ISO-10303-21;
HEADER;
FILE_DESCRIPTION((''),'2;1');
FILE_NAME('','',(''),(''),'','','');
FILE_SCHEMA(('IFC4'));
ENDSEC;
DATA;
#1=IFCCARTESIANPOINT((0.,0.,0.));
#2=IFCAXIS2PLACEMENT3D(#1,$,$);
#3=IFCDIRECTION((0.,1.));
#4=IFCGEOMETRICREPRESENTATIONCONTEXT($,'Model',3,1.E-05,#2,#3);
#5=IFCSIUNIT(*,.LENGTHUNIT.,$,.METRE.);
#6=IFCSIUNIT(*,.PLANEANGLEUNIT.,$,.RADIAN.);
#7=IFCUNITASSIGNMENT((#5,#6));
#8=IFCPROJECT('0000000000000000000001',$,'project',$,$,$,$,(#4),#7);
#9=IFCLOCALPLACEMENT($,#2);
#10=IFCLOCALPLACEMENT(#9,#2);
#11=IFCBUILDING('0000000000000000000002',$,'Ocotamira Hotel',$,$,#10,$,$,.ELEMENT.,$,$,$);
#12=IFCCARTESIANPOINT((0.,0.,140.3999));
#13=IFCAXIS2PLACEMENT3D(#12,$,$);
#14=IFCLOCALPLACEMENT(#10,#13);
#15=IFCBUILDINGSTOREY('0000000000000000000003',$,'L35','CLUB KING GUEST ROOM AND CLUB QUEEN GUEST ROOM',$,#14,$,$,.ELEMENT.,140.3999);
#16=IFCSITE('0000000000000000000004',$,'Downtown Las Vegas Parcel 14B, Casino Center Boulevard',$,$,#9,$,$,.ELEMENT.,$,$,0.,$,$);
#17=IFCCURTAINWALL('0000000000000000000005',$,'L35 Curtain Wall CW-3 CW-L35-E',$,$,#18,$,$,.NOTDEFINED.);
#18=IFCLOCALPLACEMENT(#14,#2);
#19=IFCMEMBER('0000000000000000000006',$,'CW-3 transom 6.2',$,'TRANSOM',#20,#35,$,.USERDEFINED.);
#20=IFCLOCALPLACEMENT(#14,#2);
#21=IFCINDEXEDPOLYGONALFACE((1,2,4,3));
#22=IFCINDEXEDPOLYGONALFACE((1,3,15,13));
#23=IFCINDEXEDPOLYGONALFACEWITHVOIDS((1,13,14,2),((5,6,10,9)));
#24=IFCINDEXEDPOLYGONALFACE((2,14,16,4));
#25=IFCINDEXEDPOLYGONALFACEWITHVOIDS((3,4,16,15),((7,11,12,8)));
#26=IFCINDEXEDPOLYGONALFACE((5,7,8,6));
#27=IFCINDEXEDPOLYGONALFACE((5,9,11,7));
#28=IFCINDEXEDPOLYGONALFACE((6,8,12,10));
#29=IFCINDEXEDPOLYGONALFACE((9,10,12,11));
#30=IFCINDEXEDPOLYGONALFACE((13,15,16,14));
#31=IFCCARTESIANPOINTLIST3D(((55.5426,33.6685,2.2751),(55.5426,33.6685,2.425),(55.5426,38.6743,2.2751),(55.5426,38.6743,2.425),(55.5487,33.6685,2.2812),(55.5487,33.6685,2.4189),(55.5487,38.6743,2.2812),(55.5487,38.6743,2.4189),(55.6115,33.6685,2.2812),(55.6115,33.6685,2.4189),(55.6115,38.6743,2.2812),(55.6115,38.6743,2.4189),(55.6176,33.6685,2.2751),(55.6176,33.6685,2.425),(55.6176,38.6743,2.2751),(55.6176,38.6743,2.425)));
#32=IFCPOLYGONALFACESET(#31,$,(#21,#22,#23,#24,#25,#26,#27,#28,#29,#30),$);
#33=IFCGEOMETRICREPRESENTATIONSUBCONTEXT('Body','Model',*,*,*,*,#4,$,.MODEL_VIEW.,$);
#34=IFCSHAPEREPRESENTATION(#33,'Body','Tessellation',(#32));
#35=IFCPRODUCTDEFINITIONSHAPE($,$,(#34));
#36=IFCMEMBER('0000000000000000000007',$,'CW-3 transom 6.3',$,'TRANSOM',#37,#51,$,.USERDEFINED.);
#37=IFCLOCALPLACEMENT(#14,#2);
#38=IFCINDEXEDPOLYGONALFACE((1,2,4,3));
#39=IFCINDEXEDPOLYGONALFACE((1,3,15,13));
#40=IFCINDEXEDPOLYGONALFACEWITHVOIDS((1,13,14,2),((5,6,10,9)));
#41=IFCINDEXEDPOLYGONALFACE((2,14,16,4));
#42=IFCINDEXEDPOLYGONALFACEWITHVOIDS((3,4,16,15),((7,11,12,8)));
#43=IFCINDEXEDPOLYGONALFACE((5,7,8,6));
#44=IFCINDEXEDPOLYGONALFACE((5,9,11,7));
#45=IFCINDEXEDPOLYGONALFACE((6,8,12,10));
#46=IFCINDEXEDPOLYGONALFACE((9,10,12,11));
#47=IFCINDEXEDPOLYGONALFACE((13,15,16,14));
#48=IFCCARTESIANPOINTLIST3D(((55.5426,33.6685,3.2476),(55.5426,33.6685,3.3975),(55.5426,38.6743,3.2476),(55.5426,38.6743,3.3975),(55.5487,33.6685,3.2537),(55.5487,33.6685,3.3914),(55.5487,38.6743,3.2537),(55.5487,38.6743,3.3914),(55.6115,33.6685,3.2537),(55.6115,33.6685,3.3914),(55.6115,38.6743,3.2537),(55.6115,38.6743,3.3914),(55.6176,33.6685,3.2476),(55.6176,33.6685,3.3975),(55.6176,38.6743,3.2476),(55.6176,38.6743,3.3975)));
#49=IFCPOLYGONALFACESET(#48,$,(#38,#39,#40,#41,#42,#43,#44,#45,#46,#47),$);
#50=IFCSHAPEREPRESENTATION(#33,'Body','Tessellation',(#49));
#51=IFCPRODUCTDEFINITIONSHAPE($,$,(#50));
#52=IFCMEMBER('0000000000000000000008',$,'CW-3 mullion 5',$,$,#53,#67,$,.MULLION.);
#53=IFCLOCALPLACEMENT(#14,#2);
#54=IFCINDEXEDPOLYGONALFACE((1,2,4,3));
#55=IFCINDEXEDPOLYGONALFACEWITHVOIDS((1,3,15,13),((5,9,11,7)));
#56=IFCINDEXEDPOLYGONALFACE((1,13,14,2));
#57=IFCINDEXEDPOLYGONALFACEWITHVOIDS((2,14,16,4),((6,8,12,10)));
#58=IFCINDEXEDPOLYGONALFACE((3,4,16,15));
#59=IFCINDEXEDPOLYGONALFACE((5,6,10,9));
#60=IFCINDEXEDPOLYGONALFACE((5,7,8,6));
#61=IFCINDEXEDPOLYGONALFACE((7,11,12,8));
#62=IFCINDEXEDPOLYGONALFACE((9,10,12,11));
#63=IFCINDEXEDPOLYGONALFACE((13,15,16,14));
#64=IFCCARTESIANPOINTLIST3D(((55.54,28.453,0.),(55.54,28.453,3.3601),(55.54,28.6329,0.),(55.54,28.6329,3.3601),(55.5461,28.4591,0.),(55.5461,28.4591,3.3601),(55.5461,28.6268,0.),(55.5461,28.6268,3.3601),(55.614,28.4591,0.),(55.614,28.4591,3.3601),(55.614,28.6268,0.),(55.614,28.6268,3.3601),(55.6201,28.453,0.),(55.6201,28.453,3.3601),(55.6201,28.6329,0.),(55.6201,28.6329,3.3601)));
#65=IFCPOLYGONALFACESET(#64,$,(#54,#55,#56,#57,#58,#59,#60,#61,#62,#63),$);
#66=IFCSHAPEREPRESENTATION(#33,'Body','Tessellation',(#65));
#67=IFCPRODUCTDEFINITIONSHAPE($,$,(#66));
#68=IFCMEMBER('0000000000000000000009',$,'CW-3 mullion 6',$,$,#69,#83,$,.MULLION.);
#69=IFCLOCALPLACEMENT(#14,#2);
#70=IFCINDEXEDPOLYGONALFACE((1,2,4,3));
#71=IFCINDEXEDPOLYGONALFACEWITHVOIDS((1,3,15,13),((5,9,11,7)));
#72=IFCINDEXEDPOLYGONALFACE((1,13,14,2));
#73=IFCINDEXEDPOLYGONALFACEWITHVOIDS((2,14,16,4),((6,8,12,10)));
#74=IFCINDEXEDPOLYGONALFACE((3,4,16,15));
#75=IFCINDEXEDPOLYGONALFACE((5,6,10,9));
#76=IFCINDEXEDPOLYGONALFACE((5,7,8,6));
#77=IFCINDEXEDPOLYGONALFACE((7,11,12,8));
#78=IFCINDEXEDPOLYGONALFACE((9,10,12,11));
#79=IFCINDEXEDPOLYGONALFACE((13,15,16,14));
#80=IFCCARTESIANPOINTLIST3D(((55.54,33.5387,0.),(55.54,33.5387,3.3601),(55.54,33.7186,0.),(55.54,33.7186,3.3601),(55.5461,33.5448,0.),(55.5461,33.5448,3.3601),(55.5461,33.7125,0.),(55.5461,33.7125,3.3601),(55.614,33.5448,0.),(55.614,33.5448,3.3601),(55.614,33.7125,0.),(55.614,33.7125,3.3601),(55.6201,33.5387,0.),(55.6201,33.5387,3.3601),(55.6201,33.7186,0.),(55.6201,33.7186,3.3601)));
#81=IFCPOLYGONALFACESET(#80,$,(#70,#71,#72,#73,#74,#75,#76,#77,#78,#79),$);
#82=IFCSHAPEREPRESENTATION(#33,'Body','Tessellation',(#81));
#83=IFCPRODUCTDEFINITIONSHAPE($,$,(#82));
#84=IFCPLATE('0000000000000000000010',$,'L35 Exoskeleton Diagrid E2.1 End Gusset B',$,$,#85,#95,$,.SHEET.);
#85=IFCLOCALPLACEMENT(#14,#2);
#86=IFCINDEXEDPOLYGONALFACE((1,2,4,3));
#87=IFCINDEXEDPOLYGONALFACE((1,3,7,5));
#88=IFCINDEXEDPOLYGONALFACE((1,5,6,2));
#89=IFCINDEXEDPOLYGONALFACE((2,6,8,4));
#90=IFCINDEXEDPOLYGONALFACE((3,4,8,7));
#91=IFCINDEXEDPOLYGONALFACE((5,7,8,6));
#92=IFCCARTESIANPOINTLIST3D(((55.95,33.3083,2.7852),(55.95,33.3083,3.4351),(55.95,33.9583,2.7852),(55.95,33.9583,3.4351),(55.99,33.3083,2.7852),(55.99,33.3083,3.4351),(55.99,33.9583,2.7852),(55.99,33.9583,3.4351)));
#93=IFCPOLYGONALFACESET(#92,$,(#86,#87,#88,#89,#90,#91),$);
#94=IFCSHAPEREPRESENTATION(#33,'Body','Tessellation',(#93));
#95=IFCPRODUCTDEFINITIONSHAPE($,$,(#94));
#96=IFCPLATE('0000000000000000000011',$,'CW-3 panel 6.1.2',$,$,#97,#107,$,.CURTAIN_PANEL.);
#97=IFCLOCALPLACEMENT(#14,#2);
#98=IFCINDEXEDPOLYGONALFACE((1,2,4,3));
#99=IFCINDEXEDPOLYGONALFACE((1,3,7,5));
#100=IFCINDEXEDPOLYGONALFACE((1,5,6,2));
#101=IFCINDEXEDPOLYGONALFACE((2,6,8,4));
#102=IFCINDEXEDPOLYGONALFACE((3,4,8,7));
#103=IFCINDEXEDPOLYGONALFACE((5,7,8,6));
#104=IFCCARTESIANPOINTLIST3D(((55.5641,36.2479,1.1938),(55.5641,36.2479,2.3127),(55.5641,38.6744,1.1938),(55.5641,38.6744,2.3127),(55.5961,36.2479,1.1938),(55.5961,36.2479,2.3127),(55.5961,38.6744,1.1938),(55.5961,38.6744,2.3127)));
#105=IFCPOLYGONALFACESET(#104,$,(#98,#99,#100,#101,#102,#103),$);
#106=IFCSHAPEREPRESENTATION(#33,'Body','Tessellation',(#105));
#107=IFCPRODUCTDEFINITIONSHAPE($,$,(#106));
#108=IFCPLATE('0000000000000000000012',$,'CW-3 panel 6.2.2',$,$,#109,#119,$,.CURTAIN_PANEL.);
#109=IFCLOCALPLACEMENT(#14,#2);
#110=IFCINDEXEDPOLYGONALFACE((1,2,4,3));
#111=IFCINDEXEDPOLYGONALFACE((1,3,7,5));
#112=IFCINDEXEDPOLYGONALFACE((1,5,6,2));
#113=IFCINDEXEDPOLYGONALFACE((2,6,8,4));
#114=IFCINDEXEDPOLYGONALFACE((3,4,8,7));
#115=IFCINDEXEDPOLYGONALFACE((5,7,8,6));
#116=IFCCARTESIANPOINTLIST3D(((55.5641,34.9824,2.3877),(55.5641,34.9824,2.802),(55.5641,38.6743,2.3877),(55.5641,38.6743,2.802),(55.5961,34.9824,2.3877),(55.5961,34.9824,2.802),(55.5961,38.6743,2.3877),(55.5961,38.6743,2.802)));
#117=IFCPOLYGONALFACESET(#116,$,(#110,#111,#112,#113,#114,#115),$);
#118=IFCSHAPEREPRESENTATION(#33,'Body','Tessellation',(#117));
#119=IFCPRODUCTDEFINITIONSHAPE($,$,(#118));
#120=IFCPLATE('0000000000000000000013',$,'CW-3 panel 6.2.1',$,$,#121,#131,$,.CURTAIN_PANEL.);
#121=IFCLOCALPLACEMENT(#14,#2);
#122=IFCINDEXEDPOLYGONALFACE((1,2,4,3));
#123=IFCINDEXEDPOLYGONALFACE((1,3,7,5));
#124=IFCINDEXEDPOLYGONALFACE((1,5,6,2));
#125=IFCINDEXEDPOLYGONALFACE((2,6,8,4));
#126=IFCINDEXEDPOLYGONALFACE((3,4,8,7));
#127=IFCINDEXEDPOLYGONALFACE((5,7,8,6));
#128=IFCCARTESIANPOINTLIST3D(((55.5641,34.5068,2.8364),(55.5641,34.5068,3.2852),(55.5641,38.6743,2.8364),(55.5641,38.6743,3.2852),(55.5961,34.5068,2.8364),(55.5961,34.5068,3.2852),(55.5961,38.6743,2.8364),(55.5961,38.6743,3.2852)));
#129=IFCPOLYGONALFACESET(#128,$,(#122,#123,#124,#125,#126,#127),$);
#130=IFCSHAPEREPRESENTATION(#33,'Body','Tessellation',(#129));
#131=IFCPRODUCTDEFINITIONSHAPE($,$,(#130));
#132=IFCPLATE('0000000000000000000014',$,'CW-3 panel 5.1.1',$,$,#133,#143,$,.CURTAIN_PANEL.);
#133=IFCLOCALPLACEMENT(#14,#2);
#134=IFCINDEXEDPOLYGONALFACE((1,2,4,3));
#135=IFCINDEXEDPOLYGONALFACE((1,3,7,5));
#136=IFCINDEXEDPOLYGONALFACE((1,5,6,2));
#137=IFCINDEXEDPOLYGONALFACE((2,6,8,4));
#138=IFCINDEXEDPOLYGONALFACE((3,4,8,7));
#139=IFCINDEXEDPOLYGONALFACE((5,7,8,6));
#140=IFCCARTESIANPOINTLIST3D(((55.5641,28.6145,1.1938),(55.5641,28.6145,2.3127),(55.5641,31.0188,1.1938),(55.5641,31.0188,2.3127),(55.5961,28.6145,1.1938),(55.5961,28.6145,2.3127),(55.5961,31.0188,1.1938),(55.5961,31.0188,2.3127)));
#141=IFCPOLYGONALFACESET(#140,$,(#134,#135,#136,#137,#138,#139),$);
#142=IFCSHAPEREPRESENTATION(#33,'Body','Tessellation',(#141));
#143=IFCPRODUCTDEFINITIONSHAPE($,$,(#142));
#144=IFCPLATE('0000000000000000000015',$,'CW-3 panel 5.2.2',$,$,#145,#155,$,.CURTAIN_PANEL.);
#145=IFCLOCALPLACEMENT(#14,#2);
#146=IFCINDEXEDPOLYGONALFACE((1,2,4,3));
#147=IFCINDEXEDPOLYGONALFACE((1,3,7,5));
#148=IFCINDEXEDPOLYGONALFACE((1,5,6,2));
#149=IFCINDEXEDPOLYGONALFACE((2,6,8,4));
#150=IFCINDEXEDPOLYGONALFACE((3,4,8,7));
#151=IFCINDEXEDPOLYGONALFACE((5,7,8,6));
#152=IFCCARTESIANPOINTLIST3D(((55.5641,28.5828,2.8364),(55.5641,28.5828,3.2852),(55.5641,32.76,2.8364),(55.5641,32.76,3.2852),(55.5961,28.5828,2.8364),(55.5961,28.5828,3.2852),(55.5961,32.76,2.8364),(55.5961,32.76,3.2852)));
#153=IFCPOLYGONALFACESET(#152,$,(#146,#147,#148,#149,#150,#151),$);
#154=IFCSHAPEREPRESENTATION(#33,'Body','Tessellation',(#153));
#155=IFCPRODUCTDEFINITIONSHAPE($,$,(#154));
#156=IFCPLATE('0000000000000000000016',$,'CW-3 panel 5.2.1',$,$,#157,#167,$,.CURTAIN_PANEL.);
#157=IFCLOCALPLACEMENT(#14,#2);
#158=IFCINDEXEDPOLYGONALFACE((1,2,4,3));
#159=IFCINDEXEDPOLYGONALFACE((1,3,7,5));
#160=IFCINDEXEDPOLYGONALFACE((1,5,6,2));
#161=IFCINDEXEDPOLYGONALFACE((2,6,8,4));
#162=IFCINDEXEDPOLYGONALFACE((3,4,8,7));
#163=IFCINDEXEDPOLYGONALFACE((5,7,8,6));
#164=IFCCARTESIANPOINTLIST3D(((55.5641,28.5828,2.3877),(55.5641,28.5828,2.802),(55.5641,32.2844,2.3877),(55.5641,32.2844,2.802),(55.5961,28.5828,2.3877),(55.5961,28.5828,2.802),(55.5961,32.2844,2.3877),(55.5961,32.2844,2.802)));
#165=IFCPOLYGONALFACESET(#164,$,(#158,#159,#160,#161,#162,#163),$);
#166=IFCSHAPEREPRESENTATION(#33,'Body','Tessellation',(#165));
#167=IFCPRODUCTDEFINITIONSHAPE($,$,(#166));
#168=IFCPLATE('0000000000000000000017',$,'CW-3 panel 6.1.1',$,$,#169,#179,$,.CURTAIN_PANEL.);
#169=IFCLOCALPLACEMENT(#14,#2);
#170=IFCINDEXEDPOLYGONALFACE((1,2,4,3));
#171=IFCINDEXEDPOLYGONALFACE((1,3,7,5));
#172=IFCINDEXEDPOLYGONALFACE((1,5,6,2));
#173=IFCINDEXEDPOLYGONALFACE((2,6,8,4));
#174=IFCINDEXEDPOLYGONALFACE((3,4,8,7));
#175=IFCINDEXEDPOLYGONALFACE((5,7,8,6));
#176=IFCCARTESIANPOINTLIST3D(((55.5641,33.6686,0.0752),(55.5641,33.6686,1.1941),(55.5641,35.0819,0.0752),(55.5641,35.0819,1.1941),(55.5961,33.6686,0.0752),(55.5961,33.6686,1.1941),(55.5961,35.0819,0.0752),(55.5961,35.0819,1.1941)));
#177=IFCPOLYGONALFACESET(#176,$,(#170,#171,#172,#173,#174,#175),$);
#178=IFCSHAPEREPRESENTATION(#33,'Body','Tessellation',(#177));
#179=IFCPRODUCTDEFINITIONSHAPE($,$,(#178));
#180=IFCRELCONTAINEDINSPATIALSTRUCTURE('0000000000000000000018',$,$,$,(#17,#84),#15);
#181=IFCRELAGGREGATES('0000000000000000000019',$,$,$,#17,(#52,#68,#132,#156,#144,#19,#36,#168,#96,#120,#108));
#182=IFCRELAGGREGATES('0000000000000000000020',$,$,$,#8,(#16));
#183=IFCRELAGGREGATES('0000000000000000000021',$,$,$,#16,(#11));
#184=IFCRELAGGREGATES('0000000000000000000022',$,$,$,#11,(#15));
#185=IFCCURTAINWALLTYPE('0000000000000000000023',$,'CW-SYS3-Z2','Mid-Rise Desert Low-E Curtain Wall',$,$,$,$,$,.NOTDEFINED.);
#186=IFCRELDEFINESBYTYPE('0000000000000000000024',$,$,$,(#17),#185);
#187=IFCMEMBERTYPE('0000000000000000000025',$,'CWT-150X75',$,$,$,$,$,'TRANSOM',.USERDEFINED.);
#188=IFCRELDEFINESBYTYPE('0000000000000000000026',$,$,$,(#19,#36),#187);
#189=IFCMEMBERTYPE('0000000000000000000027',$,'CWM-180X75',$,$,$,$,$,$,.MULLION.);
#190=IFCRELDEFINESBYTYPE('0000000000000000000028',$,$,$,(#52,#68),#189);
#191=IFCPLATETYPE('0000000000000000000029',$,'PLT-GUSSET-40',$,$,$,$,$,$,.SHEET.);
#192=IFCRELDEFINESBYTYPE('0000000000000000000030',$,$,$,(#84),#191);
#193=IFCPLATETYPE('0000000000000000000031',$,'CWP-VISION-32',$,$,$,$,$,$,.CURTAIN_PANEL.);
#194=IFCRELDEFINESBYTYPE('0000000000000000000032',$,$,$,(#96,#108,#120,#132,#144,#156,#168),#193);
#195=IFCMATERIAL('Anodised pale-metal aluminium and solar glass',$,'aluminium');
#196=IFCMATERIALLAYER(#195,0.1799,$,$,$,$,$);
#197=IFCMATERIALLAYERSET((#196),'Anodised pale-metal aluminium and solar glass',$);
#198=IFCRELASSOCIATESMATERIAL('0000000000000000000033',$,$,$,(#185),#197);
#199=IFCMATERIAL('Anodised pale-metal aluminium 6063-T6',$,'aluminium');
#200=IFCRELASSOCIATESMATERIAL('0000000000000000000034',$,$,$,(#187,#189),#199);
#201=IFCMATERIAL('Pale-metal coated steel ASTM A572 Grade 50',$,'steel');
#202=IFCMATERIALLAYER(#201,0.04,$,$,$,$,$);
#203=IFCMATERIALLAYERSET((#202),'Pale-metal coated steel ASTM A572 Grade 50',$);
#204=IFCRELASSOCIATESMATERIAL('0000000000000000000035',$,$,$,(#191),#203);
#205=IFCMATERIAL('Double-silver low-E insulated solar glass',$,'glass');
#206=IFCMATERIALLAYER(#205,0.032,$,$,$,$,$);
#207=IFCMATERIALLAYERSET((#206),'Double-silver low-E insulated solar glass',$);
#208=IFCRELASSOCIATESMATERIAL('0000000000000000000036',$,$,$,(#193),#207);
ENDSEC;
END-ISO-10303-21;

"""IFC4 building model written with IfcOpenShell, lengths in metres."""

from ifc_helpers import new_model, si_unit, direction, frame, origin, origin_2d, place, context, subcontext, project, spatial, rectangle, hollow_rectangle, extrude, source, transform, mapped, material, layer, layer_set, material_profile, profile_set, type_object, element, aggregate, save


model = new_model("IFC4")

# Units and contexts
model_context = context("Model", 3, precision=1e-05, world=origin(), true_north=direction((0.0, 1.0)))
body_context = subcontext(model_context, "Body", "Model", "MODEL_VIEW")
ifc_project = project(units=[si_unit("LENGTHUNIT", "METRE"), si_unit("PLANEANGLEUNIT", "RADIAN")], contexts=[model_context])

# Site, building, storey
site_placement = place(None, origin())
site = spatial("IfcSite", under=ifc_project, at=site_placement, Name="Downtown Las Vegas Parcel 14B, Casino Center Boulevard", CompositionType="ELEMENT", RefElevation=0.0)
building_placement = place(site_placement, origin())
building = spatial("IfcBuilding", under=site, at=building_placement, Name="Ocotamira Hotel", CompositionType="ELEMENT")
storey_placement = place(building_placement, frame((0.0, 0.0, 140.3999)))
storey = spatial("IfcBuildingStorey", under=building, at=storey_placement, Name="L35", Description="CLUB KING GUEST ROOM AND CLUB QUEEN GUEST ROOM", CompositionType="ELEMENT", Elevation=140.3999)

# Curtain wall, members
ifc_material_1 = material(Name="Anodised pale-metal aluminium and solar glass", Category="aluminium")
ifc_layer_1 = layer(ifc_material_1, 0.1799)
ifc_layer_set_1 = layer_set([ifc_layer_1], Name="Anodised pale-metal aluminium and solar glass")
curtain_wall_type = type_object("IfcCurtainWallType", Name="CW-SYS3-Z2", Description="Mid-Rise Desert Low-E Curtain Wall", PredefinedType="NOTDEFINED", material=ifc_layer_set_1)
curtain_wall_placement = place(storey_placement, origin())
curtain_wall = element("IfcCurtainWall", 1, at=curtain_wall_placement, inside=storey, type_object=curtain_wall_type, Name="L35 Curtain Wall CW-3 CW-L35-E", PredefinedType="NOTDEFINED")
ifc_material_2 = material(Name="Anodised pale-metal aluminium 6063-T6", Category="aluminium")
ifc_material_profile_1 = material_profile(ifc_material_2, hollow_rectangle(XDim=0.075, YDim=0.1499, WallThickness=0.0061, at=origin_2d()), Name="HSS150X75X6")
ifc_profile_set_1 = profile_set([ifc_material_profile_1], Name="Anodised pale-metal aluminium 6063-T6")
member_type_1 = type_object("IfcMemberType", Name="CWT-150X75", ElementType="TRANSOM", PredefinedType="USERDEFINED", material=ifc_profile_set_1)
shared_shape_1 = source(origin(), body_context, "Body", "SweptSolid", [
    extrude(hollow_rectangle(XDim=0.075, YDim=0.1499, WallThickness=0.0061, at=origin_2d()), origin(), (0.0, 0.0, 1.0), 5.0059),
])
member_1_placement = place(storey_placement, frame((55.5801, 33.6685, 2.3501), z_axis=(0.0, 1.0, 0.0), x_axis=(-1.0, 0.0, 0.0)))
member_1 = element("IfcMember", 2, at=member_1_placement, type_object=member_type_1, Name="CW-3 transom 6.2", ObjectType="TRANSOM", PredefinedType="USERDEFINED", context=body_context, shape_type="MappedRepresentation", body=[
    mapped(shared_shape_1, transform((0.0, 0.0, 0.0), scale=1.0)),
])
member_2_placement = place(storey_placement, frame((55.5801, 33.6685, 3.3225), z_axis=(0.0, 1.0, 0.0), x_axis=(-1.0, 0.0, 0.0)))
member_2 = element("IfcMember", 3, at=member_2_placement, type_object=member_type_1, Name="CW-3 transom 6.3", ObjectType="TRANSOM", PredefinedType="USERDEFINED", context=body_context, shape_type="MappedRepresentation", body=[
    mapped(shared_shape_1, transform((0.0, 0.0, 0.0), scale=1.0)),
])
ifc_material_profile_2 = material_profile(ifc_material_2, hollow_rectangle(XDim=0.0801, YDim=0.1799, WallThickness=0.0061, at=origin_2d()), Name="HSS180X80X6")
ifc_profile_set_2 = profile_set([ifc_material_profile_2], Name="Anodised pale-metal aluminium 6063-T6")
member_type_2 = type_object("IfcMemberType", Name="CWM-180X75", PredefinedType="MULLION", material=ifc_profile_set_2)
shared_shape_2 = source(origin(), body_context, "Body", "SweptSolid", [
    extrude(hollow_rectangle(XDim=0.0801, YDim=0.1799, WallThickness=0.0061, at=origin_2d()), origin(), (0.0, 0.0, 1.0), 3.3601),
])
member_3_placement = place(storey_placement, frame((55.5801, 28.543, 0.0), z_axis=(0.0, 0.0, 1.0), x_axis=(-1.0, 0.0, 0.0)))
member_3 = element("IfcMember", 4, at=member_3_placement, type_object=member_type_2, Name="CW-3 mullion 5", PredefinedType="MULLION", context=body_context, shape_type="MappedRepresentation", body=[
    mapped(shared_shape_2, transform((0.0, 0.0, 0.0), scale=1.0)),
])
member_4_placement = place(storey_placement, frame((55.5801, 33.6287, 0.0), z_axis=(0.0, 0.0, 1.0), x_axis=(-1.0, 0.0, 0.0)))
member_4 = element("IfcMember", 5, at=member_4_placement, type_object=member_type_2, Name="CW-3 mullion 6", PredefinedType="MULLION", context=body_context, shape_type="MappedRepresentation", body=[
    mapped(shared_shape_2, transform((0.0, 0.0, 0.0), scale=1.0)),
])

# Plates
ifc_material_3 = material(Name="Pale-metal coated steel ASTM A572 Grade 50", Category="steel")
ifc_layer_2 = layer(ifc_material_3, 0.04)
ifc_layer_set_2 = layer_set([ifc_layer_2], Name="Pale-metal coated steel ASTM A572 Grade 50")
plate_type_1 = type_object("IfcPlateType", Name="PLT-GUSSET-40", PredefinedType="SHEET", material=ifc_layer_set_2)
shared_shape_3 = source(origin(), body_context, "Body", "SweptSolid", [
    extrude(rectangle(XDim=0.04, YDim=0.6499, at=origin_2d()), origin(), (0.0, 0.0, 1.0), 0.6499),
])
plate_1_placement = place(storey_placement, frame((55.97, 33.6333, 2.7852), z_axis=(0.0, 0.0, 1.0), x_axis=(1.0, 0.0, 0.0)))
element("IfcPlate", 6, at=plate_1_placement, inside=storey, type_object=plate_type_1, Name="L35 Exoskeleton Diagrid E2.1 End Gusset B", PredefinedType="SHEET", context=body_context, shape_type="MappedRepresentation", body=[
    mapped(shared_shape_3, transform((0.0, 0.0, 0.0), scale=1.0)),
])
ifc_material_4 = material(Name="Double-silver low-E insulated solar glass", Category="glass")
ifc_layer_3 = layer(ifc_material_4, 0.032)
ifc_layer_set_3 = layer_set([ifc_layer_3], Name="Double-silver low-E insulated solar glass")
plate_type_2 = type_object("IfcPlateType", Name="CWP-VISION-32", PredefinedType="CURTAIN_PANEL", material=ifc_layer_set_3)
shared_shape_4 = source(origin(), body_context, "Body", "SweptSolid", [
    extrude(rectangle(XDim=2.4265, YDim=0.032, at=origin_2d()), origin(), (0.0, 0.0, 1.0), 1.1189),
])
plate_2_placement = place(storey_placement, frame((55.5801, 37.4612, 1.1938), z_axis=(0.0, 0.0, 1.0), x_axis=(0.0, 1.0, 0.0)))
plate_2 = element("IfcPlate", 7, at=plate_2_placement, type_object=plate_type_2, Name="CW-3 panel 6.1.2", PredefinedType="CURTAIN_PANEL", context=body_context, shape_type="MappedRepresentation", body=[
    mapped(shared_shape_4, transform((0.0, 0.0, 0.0), scale=1.0)),
])
shared_shape_5 = source(origin(), body_context, "Body", "SweptSolid", [
    extrude(rectangle(XDim=3.6919, YDim=0.032, at=origin_2d()), origin(), (0.0, 0.0, 1.0), 0.4143),
])
plate_3_placement = place(storey_placement, frame((55.5801, 36.8284, 2.3877), z_axis=(0.0, 0.0, 1.0), x_axis=(0.0, 1.0, 0.0)))
plate_3 = element("IfcPlate", 8, at=plate_3_placement, type_object=plate_type_2, Name="CW-3 panel 6.2.2", PredefinedType="CURTAIN_PANEL", context=body_context, shape_type="MappedRepresentation", body=[
    mapped(shared_shape_5, transform((0.0, 0.0, 0.0), scale=1.0)),
])
shared_shape_6 = source(origin(), body_context, "Body", "SweptSolid", [
    extrude(rectangle(XDim=4.1675, YDim=0.032, at=origin_2d()), origin(), (0.0, 0.0, 1.0), 0.4487),
])
plate_4_placement = place(storey_placement, frame((55.5801, 36.5906, 2.8364), z_axis=(0.0, 0.0, 1.0), x_axis=(0.0, 1.0, 0.0)))
plate_4 = element("IfcPlate", 9, at=plate_4_placement, type_object=plate_type_2, Name="CW-3 panel 6.2.1", PredefinedType="CURTAIN_PANEL", context=body_context, shape_type="MappedRepresentation", body=[
    mapped(shared_shape_6, transform((0.0, 0.0, 0.0), scale=1.0)),
])
shared_shape_7 = source(origin(), body_context, "Body", "SweptSolid", [
    extrude(rectangle(XDim=2.4043, YDim=0.032, at=origin_2d()), origin(), (0.0, 0.0, 1.0), 1.1189),
])
plate_5_placement = place(storey_placement, frame((55.5801, 29.8167, 1.1938), z_axis=(0.0, 0.0, 1.0), x_axis=(0.0, 1.0, 0.0)))
plate_5 = element("IfcPlate", 10, at=plate_5_placement, type_object=plate_type_2, Name="CW-3 panel 5.1.1", PredefinedType="CURTAIN_PANEL", context=body_context, shape_type="MappedRepresentation", body=[
    mapped(shared_shape_7, transform((0.0, 0.0, 0.0), scale=1.0)),
])
shared_shape_8 = source(origin(), body_context, "Body", "SweptSolid", [
    extrude(rectangle(XDim=4.1772, YDim=0.032, at=origin_2d()), origin(), (0.0, 0.0, 1.0), 0.4487),
])
plate_6_placement = place(storey_placement, frame((55.5801, 30.6714, 2.8364), z_axis=(0.0, 0.0, 1.0), x_axis=(0.0, 1.0, 0.0)))
plate_6 = element("IfcPlate", 11, at=plate_6_placement, type_object=plate_type_2, Name="CW-3 panel 5.2.2", PredefinedType="CURTAIN_PANEL", context=body_context, shape_type="MappedRepresentation", body=[
    mapped(shared_shape_8, transform((0.0, 0.0, 0.0), scale=1.0)),
])
shared_shape_9 = source(origin(), body_context, "Body", "SweptSolid", [
    extrude(rectangle(XDim=3.7017, YDim=0.032, at=origin_2d()), origin(), (0.0, 0.0, 1.0), 0.4143),
])
plate_7_placement = place(storey_placement, frame((55.5801, 30.4336, 2.3877), z_axis=(0.0, 0.0, 1.0), x_axis=(0.0, 1.0, 0.0)))
plate_7 = element("IfcPlate", 12, at=plate_7_placement, type_object=plate_type_2, Name="CW-3 panel 5.2.1", PredefinedType="CURTAIN_PANEL", context=body_context, shape_type="MappedRepresentation", body=[
    mapped(shared_shape_9, transform((0.0, 0.0, 0.0), scale=1.0)),
])
shared_shape_10 = source(origin(), body_context, "Body", "SweptSolid", [
    extrude(rectangle(XDim=1.4133, YDim=0.032, at=origin_2d()), origin(), (0.0, 0.0, 1.0), 1.1189),
])
plate_8_placement = place(storey_placement, frame((55.5801, 34.3752, 0.0752), z_axis=(0.0, 0.0, 1.0), x_axis=(0.0, 1.0, 0.0)))
plate_8 = element("IfcPlate", 13, at=plate_8_placement, type_object=plate_type_2, Name="CW-3 panel 6.1.1", PredefinedType="CURTAIN_PANEL", context=body_context, shape_type="MappedRepresentation", body=[
    mapped(shared_shape_10, transform((0.0, 0.0, 0.0), scale=1.0)),
])
aggregate(curtain_wall, [member_3, member_4, plate_5, plate_7, plate_6, member_1, member_2, plate_8, plate_2, plate_4, plate_3])

save(model, "model.ifc")
